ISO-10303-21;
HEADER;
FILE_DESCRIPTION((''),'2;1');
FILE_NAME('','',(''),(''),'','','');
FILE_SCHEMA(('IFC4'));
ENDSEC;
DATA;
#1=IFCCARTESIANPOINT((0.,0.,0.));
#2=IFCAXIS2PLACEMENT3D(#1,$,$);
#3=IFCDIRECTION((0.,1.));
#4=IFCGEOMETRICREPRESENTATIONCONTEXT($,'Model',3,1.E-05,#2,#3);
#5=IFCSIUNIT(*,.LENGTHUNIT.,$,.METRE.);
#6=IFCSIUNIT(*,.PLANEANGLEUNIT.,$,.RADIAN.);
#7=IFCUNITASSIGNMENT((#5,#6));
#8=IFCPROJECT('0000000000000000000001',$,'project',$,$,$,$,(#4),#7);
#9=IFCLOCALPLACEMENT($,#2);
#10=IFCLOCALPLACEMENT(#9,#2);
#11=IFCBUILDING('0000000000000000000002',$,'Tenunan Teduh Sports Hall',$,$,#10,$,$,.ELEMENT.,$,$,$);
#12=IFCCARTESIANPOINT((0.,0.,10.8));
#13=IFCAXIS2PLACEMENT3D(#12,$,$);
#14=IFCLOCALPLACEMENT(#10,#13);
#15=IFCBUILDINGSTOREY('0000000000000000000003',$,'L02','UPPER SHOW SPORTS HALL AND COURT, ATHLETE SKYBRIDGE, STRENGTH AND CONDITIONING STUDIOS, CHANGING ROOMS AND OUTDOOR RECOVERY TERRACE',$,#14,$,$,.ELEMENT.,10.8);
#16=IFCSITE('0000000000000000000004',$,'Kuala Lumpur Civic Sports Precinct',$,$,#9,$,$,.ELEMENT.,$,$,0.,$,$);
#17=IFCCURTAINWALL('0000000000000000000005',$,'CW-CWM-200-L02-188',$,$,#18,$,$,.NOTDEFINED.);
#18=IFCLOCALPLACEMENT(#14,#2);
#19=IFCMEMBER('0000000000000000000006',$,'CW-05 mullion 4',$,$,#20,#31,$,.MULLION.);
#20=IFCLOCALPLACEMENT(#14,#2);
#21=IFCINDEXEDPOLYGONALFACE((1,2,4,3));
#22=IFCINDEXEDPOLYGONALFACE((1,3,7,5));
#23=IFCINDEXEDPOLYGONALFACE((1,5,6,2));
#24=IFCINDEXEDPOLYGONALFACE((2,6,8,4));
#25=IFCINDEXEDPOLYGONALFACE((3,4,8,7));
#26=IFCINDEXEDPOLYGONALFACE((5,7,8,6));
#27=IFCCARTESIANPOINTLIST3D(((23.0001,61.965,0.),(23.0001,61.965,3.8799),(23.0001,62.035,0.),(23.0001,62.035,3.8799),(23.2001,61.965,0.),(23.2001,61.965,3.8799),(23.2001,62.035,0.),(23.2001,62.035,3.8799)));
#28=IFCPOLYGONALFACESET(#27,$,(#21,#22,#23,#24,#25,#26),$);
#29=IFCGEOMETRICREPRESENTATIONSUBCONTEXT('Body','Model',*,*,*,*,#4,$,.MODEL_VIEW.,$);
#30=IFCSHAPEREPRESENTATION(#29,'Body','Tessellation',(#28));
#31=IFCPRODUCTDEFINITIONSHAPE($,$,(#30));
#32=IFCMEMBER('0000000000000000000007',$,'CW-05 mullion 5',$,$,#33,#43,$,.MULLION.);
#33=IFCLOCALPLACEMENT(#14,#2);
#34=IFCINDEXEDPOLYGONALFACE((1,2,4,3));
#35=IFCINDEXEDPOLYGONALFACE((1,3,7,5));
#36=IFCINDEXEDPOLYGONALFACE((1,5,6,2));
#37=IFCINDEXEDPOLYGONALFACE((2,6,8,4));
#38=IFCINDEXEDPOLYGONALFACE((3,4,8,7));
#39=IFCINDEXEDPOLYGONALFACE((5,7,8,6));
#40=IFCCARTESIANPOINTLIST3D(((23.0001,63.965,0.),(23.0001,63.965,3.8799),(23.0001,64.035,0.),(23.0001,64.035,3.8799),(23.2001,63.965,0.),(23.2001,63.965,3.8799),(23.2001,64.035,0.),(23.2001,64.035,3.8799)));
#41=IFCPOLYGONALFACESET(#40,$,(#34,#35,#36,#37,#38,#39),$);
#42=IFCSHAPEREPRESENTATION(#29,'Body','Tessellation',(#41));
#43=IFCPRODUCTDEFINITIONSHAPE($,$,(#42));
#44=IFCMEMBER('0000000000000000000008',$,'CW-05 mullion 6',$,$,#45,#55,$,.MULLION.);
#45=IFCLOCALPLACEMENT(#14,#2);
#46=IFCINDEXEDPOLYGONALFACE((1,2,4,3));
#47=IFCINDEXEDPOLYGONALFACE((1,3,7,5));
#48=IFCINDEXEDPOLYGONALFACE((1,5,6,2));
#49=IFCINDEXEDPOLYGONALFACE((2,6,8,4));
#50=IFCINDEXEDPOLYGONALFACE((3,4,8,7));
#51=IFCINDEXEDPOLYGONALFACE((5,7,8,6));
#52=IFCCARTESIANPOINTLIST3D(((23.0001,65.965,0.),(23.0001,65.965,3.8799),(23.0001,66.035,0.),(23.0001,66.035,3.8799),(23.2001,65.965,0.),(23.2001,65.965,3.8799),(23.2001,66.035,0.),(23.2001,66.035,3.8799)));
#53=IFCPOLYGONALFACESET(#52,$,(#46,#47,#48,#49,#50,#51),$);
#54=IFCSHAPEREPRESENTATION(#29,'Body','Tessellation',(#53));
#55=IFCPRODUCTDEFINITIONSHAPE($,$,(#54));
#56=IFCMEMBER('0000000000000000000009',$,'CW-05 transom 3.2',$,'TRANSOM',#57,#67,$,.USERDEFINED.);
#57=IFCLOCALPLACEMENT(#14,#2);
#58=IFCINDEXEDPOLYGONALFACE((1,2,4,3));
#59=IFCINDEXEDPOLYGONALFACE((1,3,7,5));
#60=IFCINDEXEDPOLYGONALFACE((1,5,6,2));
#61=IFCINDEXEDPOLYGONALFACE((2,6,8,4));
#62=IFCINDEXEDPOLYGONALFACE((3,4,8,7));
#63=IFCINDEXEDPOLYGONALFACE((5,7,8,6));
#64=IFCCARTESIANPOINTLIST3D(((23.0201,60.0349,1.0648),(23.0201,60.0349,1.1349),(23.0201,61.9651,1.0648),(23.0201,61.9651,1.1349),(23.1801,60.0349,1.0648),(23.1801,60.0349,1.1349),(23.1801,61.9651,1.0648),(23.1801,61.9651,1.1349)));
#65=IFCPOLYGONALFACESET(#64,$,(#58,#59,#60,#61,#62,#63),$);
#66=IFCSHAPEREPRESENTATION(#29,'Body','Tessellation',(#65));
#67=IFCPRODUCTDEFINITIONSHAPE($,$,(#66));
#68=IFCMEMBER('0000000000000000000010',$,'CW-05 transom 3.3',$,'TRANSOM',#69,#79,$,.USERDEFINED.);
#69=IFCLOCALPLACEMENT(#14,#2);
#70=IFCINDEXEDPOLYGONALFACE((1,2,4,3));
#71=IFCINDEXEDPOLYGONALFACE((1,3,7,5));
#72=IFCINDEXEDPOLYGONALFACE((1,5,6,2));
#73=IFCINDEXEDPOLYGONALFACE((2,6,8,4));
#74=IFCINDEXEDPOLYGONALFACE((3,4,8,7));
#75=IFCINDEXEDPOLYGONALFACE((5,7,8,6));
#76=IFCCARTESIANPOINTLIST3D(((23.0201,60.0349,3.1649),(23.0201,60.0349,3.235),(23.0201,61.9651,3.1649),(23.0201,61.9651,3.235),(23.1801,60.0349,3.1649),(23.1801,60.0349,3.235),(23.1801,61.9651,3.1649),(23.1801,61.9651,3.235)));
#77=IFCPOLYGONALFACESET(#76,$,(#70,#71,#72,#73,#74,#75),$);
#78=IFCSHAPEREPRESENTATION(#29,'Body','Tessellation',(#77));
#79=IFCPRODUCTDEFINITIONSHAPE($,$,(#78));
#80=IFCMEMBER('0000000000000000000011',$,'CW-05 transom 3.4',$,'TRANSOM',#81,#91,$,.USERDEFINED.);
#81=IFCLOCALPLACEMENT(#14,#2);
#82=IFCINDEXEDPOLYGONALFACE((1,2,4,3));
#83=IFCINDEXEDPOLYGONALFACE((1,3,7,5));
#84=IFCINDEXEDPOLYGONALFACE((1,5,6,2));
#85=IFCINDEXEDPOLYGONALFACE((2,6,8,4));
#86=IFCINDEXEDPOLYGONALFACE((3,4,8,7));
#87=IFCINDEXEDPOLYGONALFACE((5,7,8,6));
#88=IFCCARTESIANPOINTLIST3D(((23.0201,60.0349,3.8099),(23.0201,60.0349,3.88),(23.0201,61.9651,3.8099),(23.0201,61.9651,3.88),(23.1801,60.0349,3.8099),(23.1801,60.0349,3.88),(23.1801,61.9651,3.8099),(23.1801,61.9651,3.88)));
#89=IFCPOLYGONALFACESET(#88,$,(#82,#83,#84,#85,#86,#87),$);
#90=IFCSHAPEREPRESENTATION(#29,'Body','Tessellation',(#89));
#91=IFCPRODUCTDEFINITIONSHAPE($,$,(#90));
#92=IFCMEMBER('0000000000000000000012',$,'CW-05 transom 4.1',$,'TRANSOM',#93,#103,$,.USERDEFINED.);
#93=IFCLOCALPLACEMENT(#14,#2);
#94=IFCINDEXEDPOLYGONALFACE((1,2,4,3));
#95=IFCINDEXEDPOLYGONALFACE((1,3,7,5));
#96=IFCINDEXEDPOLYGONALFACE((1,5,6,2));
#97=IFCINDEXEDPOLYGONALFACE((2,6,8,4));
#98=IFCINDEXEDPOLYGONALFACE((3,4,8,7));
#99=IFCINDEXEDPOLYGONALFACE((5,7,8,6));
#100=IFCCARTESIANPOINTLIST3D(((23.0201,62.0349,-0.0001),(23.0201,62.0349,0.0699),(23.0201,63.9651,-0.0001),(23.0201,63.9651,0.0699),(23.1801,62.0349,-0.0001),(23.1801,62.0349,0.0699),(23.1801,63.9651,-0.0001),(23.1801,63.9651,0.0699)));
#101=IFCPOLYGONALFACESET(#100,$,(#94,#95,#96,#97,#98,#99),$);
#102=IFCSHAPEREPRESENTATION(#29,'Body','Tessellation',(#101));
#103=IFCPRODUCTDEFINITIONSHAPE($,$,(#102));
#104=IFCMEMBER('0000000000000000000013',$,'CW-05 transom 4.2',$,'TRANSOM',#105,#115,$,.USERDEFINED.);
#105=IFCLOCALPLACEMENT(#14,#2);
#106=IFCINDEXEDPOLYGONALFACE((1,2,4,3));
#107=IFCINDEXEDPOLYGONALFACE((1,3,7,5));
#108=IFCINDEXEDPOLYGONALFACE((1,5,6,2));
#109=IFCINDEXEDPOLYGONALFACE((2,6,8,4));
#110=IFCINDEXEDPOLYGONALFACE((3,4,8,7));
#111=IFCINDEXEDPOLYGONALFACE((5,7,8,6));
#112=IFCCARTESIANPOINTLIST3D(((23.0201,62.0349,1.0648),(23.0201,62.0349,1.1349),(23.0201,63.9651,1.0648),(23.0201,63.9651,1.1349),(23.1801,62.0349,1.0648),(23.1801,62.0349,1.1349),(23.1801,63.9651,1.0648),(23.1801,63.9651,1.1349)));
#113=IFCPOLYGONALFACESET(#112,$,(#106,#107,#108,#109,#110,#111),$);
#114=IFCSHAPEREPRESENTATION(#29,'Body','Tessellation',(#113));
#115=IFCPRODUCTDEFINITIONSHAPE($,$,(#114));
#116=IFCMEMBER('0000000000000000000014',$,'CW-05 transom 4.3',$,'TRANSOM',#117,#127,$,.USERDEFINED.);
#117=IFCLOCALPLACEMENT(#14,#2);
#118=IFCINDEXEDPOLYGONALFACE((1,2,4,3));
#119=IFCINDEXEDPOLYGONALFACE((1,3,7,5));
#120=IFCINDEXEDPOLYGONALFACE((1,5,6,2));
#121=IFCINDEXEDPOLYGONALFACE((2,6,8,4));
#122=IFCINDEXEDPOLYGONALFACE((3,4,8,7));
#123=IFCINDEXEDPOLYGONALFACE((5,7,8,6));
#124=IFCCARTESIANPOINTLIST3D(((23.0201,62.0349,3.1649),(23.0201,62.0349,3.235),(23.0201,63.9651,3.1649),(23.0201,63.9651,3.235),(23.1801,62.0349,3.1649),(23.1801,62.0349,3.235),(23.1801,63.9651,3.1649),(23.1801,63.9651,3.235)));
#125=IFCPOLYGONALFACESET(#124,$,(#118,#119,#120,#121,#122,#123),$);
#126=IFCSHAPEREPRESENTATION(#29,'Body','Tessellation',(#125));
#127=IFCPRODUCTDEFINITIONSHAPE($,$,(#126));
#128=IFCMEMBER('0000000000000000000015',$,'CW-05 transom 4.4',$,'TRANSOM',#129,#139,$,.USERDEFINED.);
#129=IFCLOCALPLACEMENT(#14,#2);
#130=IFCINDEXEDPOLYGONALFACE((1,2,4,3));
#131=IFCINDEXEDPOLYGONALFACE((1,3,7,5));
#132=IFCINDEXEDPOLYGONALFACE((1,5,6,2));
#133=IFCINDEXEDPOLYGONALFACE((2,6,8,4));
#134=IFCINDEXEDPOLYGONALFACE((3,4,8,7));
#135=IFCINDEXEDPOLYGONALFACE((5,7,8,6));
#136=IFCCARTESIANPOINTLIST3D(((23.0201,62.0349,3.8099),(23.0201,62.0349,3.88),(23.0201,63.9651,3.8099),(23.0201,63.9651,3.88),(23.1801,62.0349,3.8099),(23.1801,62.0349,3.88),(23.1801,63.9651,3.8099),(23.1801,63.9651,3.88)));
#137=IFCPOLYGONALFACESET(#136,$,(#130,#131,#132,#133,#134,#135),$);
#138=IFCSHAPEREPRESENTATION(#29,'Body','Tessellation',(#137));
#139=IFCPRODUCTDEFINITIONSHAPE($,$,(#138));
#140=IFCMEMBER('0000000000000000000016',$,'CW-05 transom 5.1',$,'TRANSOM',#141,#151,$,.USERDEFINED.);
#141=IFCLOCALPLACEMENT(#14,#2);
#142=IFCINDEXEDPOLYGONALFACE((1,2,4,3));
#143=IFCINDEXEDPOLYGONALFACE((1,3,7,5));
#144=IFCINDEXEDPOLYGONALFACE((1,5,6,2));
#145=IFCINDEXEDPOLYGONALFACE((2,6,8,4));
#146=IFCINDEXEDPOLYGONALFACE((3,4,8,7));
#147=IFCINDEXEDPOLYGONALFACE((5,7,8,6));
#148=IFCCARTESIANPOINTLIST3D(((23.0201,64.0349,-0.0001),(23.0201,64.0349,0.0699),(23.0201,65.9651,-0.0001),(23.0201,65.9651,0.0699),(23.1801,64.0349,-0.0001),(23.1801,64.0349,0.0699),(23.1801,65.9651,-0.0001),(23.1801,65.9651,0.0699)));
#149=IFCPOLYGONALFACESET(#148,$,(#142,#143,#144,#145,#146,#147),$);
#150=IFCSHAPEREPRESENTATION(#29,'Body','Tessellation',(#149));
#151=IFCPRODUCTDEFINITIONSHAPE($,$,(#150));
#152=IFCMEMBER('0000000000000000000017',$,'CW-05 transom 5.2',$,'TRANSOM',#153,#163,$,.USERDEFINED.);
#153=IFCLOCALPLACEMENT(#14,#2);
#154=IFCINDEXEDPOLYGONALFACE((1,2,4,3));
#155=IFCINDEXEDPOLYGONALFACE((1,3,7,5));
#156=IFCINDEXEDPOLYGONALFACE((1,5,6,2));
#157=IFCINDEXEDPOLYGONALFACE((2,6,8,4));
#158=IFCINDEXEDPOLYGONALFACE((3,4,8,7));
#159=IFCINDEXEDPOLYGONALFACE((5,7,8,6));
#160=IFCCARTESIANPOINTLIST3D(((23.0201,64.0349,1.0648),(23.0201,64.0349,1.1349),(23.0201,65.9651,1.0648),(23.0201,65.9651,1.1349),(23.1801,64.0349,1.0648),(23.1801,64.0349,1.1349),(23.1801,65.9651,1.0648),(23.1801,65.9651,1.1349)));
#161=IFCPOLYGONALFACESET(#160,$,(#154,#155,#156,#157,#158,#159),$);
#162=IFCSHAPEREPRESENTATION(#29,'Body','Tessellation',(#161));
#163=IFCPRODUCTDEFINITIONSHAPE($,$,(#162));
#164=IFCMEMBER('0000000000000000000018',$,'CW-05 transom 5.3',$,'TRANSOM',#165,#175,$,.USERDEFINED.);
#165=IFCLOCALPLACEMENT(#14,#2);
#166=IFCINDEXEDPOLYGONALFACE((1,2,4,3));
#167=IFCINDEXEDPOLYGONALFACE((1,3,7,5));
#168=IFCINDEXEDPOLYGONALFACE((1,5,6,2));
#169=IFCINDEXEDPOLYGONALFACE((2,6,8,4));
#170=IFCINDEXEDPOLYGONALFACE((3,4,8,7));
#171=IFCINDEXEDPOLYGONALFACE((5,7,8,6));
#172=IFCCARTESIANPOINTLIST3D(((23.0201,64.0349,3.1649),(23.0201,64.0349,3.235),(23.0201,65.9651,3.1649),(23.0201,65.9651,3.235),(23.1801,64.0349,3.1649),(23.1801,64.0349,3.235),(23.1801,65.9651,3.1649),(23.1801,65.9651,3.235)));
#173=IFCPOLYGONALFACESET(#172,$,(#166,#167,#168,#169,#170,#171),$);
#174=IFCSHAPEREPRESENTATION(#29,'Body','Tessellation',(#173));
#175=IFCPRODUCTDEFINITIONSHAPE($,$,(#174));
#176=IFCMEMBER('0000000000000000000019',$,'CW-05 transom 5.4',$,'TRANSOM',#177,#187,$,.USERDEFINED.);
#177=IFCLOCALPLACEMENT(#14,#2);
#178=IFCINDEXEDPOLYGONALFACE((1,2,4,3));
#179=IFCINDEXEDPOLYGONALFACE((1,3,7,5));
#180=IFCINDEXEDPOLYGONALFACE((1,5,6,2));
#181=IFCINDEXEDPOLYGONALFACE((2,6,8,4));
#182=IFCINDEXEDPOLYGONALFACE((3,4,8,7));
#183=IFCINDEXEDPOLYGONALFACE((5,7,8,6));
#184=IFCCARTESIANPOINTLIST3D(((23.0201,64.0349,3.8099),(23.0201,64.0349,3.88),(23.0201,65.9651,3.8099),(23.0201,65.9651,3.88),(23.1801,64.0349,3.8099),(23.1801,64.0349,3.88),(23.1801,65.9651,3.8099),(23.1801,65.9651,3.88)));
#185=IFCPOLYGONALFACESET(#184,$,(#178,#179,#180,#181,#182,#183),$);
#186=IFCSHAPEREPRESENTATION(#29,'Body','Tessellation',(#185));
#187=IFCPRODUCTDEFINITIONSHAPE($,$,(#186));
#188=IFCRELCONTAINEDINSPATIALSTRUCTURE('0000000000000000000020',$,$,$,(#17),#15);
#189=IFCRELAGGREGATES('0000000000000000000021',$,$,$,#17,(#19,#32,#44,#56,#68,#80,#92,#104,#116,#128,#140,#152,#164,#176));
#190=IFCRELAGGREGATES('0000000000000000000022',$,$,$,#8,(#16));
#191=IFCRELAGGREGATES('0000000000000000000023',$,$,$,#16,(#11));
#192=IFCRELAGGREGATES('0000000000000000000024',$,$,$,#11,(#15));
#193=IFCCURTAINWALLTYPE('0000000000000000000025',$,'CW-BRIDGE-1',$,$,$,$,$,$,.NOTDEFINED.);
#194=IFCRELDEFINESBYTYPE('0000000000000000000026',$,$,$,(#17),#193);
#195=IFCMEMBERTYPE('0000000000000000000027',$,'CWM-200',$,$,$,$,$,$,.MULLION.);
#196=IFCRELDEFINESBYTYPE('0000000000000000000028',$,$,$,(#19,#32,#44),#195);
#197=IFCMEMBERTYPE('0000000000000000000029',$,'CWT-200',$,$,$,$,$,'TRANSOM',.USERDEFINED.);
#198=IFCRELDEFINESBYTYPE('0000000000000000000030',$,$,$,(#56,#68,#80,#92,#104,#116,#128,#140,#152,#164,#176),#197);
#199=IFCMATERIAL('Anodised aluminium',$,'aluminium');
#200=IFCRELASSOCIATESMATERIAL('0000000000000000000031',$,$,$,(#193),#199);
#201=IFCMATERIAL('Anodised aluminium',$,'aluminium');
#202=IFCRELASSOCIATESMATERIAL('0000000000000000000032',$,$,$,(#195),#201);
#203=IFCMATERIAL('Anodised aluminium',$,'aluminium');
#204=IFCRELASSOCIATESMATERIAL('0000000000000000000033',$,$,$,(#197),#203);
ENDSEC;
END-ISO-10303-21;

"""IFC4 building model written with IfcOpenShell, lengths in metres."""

from ifc_helpers import new_model, si_unit, direction, frame, origin, origin_2d, place, context, subcontext, project, spatial, rectangle, extrude, material, material_profile, profile_set, type_object, element, aggregate, save


model = new_model("IFC4")

# Units and contexts
model_context = context("Model", 3, precision=1e-05, world=origin(), true_north=direction((0.0, 1.0)))
body_context = subcontext(model_context, "Body", "Model", "MODEL_VIEW")
ifc_project = project(units=[si_unit("LENGTHUNIT", "METRE"), si_unit("PLANEANGLEUNIT", "RADIAN")], contexts=[model_context])

# Site, building, storey
site_placement = place(None, origin())
site = spatial("IfcSite", under=ifc_project, at=site_placement, Name="Kuala Lumpur Civic Sports Precinct", CompositionType="ELEMENT", RefElevation=0.0)
building_placement = place(site_placement, origin())
building = spatial("IfcBuilding", under=site, at=building_placement, Name="Tenunan Teduh Sports Hall", CompositionType="ELEMENT")
storey_placement = place(building_placement, frame((0.0, 0.0, 10.8)))
storey = spatial("IfcBuildingStorey", under=building, at=storey_placement, Name="L02", Description="UPPER SHOW SPORTS HALL AND COURT, ATHLETE SKYBRIDGE, STRENGTH AND CONDITIONING STUDIOS, CHANGING ROOMS AND OUTDOOR RECOVERY TERRACE", CompositionType="ELEMENT", Elevation=10.8)

# Curtain wall, members
ifc_material_1 = material(Name="Anodised aluminium", Category="aluminium")
curtain_wall_type = type_object("IfcCurtainWallType", Name="CW-BRIDGE-1", PredefinedType="NOTDEFINED", material=ifc_material_1)
curtain_wall_placement = place(storey_placement, origin())
curtain_wall = element("IfcCurtainWall", 1, at=curtain_wall_placement, inside=storey, type_object=curtain_wall_type, Name="CW-CWM-200-L02-188", PredefinedType="NOTDEFINED")
ifc_material_2 = material(Name="Anodised aluminium", Category="aluminium")
ifc_material_profile_1 = material_profile(ifc_material_2, rectangle(XDim=0.0701, YDim=0.2, at=origin_2d()), Name="CWM 70x200")
ifc_profile_set_1 = profile_set([ifc_material_profile_1], Name="Anodised aluminium")
member_type_1 = type_object("IfcMemberType", Name="CWM-200", PredefinedType="MULLION", material=ifc_profile_set_1)
member_1_placement = place(storey_placement, frame((23.1001, 62.0, 0.0), z_axis=(0.0, 0.0, 1.0), x_axis=(0.0, 1.0, 0.0)))
member_1 = element("IfcMember", 2, at=member_1_placement, type_object=member_type_1, Name="CW-05 mullion 4", PredefinedType="MULLION", context=body_context, shape_type="SweptSolid", body=[
    extrude(rectangle(XDim=0.0701, YDim=0.2, at=origin_2d()), origin(), (0.0, 0.0, 1.0), 3.8799),
])
member_2_placement = place(storey_placement, frame((23.1001, 64.0, 0.0), z_axis=(0.0, 0.0, 1.0), x_axis=(0.0, 1.0, 0.0)))
member_2 = element("IfcMember", 3, at=member_2_placement, type_object=member_type_1, Name="CW-05 mullion 5", PredefinedType="MULLION", context=body_context, shape_type="SweptSolid", body=[
    extrude(rectangle(XDim=0.0701, YDim=0.2, at=origin_2d()), origin(), (0.0, 0.0, 1.0), 3.8799),
])
member_3_placement = place(storey_placement, frame((23.1001, 66.0, 0.0), z_axis=(0.0, 0.0, 1.0), x_axis=(0.0, 1.0, 0.0)))
member_3 = element("IfcMember", 4, at=member_3_placement, type_object=member_type_1, Name="CW-05 mullion 6", PredefinedType="MULLION", context=body_context, shape_type="SweptSolid", body=[
    extrude(rectangle(XDim=0.0701, YDim=0.2, at=origin_2d()), origin(), (0.0, 0.0, 1.0), 3.8799),
])
ifc_material_3 = material(Name="Anodised aluminium", Category="aluminium")
ifc_material_profile_2 = material_profile(ifc_material_3, rectangle(XDim=0.0701, YDim=0.1599, at=origin_2d()), Name="CWT 70x160")
ifc_profile_set_2 = profile_set([ifc_material_profile_2], Name="Anodised aluminium")
member_type_2 = type_object("IfcMemberType", Name="CWT-200", ElementType="TRANSOM", PredefinedType="USERDEFINED", material=ifc_profile_set_2)
member_4_placement = place(storey_placement, frame((23.1001, 60.0349, 1.0999), z_axis=(0.0, 1.0, 0.0), x_axis=(0.0, 0.0, 1.0)))
member_4 = element("IfcMember", 5, at=member_4_placement, type_object=member_type_2, Name="CW-05 transom 3.2", ObjectType="TRANSOM", PredefinedType="USERDEFINED", context=body_context, shape_type="SweptSolid", body=[
    extrude(rectangle(XDim=0.0701, YDim=0.1599, at=origin_2d()), origin(), (0.0, 0.0, 1.0), 1.9302),
])
member_5_placement = place(storey_placement, frame((23.1001, 60.0349, 3.2), z_axis=(0.0, 1.0, 0.0), x_axis=(0.0, 0.0, 1.0)))
member_5 = element("IfcMember", 6, at=member_5_placement, type_object=member_type_2, Name="CW-05 transom 3.3", ObjectType="TRANSOM", PredefinedType="USERDEFINED", context=body_context, shape_type="SweptSolid", body=[
    extrude(rectangle(XDim=0.0701, YDim=0.1599, at=origin_2d()), origin(), (0.0, 0.0, 1.0), 1.9302),
])
member_6_placement = place(storey_placement, frame((23.1001, 60.0349, 3.845), z_axis=(0.0, 1.0, 0.0), x_axis=(0.0, 0.0, 1.0)))
member_6 = element("IfcMember", 7, at=member_6_placement, type_object=member_type_2, Name="CW-05 transom 3.4", ObjectType="TRANSOM", PredefinedType="USERDEFINED", context=body_context, shape_type="SweptSolid", body=[
    extrude(rectangle(XDim=0.0701, YDim=0.1599, at=origin_2d()), origin(), (0.0, 0.0, 1.0), 1.9302),
])
member_7_placement = place(storey_placement, frame((23.1001, 62.0349, 0.0349), z_axis=(0.0, 1.0, 0.0), x_axis=(0.0, 0.0, 1.0)))
member_7 = element("IfcMember", 8, at=member_7_placement, type_object=member_type_2, Name="CW-05 transom 4.1", ObjectType="TRANSOM", PredefinedType="USERDEFINED", context=body_context, shape_type="SweptSolid", body=[
    extrude(rectangle(XDim=0.0701, YDim=0.1599, at=origin_2d()), origin(), (0.0, 0.0, 1.0), 1.9302),
])
member_8_placement = place(storey_placement, frame((23.1001, 62.0349, 1.0999), z_axis=(0.0, 1.0, 0.0), x_axis=(0.0, 0.0, 1.0)))
member_8 = element("IfcMember", 9, at=member_8_placement, type_object=member_type_2, Name="CW-05 transom 4.2", ObjectType="TRANSOM", PredefinedType="USERDEFINED", context=body_context, shape_type="SweptSolid", body=[
    extrude(rectangle(XDim=0.0701, YDim=0.1599, at=origin_2d()), origin(), (0.0, 0.0, 1.0), 1.9302),
])
member_9_placement = place(storey_placement, frame((23.1001, 62.0349, 3.2), z_axis=(0.0, 1.0, 0.0), x_axis=(0.0, 0.0, 1.0)))
member_9 = element("IfcMember", 10, at=member_9_placement, type_object=member_type_2, Name="CW-05 transom 4.3", ObjectType="TRANSOM", PredefinedType="USERDEFINED", context=body_context, shape_type="SweptSolid", body=[
    extrude(rectangle(XDim=0.0701, YDim=0.1599, at=origin_2d()), origin(), (0.0, 0.0, 1.0), 1.9302),
])
member_10_placement = place(storey_placement, frame((23.1001, 62.0349, 3.845), z_axis=(0.0, 1.0, 0.0), x_axis=(0.0, 0.0, 1.0)))
member_10 = element("IfcMember", 11, at=member_10_placement, type_object=member_type_2, Name="CW-05 transom 4.4", ObjectType="TRANSOM", PredefinedType="USERDEFINED", context=body_context, shape_type="SweptSolid", body=[
    extrude(rectangle(XDim=0.0701, YDim=0.1599, at=origin_2d()), origin(), (0.0, 0.0, 1.0), 1.9302),
])
member_11_placement = place(storey_placement, frame((23.1001, 64.0349, 0.0349), z_axis=(0.0, 1.0, 0.0), x_axis=(0.0, 0.0, 1.0)))
member_11 = element("IfcMember", 12, at=member_11_placement, type_object=member_type_2, Name="CW-05 transom 5.1", ObjectType="TRANSOM", PredefinedType="USERDEFINED", context=body_context, shape_type="SweptSolid", body=[
    extrude(rectangle(XDim=0.0701, YDim=0.1599, at=origin_2d()), origin(), (0.0, 0.0, 1.0), 1.9302),
])
member_12_placement = place(storey_placement, frame((23.1001, 64.0349, 1.0999), z_axis=(0.0, 1.0, 0.0), x_axis=(0.0, 0.0, 1.0)))
member_12 = element("IfcMember", 13, at=member_12_placement, type_object=member_type_2, Name="CW-05 transom 5.2", ObjectType="TRANSOM", PredefinedType="USERDEFINED", context=body_context, shape_type="SweptSolid", body=[
    extrude(rectangle(XDim=0.0701, YDim=0.1599, at=origin_2d()), origin(), (0.0, 0.0, 1.0), 1.9302),
])
member_13_placement = place(storey_placement, frame((23.1001, 64.0349, 3.2), z_axis=(0.0, 1.0, 0.0), x_axis=(0.0, 0.0, 1.0)))
member_13 = element("IfcMember", 14, at=member_13_placement, type_object=member_type_2, Name="CW-05 transom 5.3", ObjectType="TRANSOM", PredefinedType="USERDEFINED", context=body_context, shape_type="SweptSolid", body=[
    extrude(rectangle(XDim=0.0701, YDim=0.1599, at=origin_2d()), origin(), (0.0, 0.0, 1.0), 1.9302),
])
member_14_placement = place(storey_placement, frame((23.1001, 64.0349, 3.845), z_axis=(0.0, 1.0, 0.0), x_axis=(0.0, 0.0, 1.0)))
member_14 = element("IfcMember", 15, at=member_14_placement, type_object=member_type_2, Name="CW-05 transom 5.4", ObjectType="TRANSOM", PredefinedType="USERDEFINED", context=body_context, shape_type="SweptSolid", body=[
    extrude(rectangle(XDim=0.0701, YDim=0.1599, at=origin_2d()), origin(), (0.0, 0.0, 1.0), 1.9302),
])
aggregate(curtain_wall, [member_1, member_2, member_3, member_4, member_5, member_6, member_7, member_8, member_9, member_10, member_11, member_12, member_13, member_14])

save(model, "model.ifc")
